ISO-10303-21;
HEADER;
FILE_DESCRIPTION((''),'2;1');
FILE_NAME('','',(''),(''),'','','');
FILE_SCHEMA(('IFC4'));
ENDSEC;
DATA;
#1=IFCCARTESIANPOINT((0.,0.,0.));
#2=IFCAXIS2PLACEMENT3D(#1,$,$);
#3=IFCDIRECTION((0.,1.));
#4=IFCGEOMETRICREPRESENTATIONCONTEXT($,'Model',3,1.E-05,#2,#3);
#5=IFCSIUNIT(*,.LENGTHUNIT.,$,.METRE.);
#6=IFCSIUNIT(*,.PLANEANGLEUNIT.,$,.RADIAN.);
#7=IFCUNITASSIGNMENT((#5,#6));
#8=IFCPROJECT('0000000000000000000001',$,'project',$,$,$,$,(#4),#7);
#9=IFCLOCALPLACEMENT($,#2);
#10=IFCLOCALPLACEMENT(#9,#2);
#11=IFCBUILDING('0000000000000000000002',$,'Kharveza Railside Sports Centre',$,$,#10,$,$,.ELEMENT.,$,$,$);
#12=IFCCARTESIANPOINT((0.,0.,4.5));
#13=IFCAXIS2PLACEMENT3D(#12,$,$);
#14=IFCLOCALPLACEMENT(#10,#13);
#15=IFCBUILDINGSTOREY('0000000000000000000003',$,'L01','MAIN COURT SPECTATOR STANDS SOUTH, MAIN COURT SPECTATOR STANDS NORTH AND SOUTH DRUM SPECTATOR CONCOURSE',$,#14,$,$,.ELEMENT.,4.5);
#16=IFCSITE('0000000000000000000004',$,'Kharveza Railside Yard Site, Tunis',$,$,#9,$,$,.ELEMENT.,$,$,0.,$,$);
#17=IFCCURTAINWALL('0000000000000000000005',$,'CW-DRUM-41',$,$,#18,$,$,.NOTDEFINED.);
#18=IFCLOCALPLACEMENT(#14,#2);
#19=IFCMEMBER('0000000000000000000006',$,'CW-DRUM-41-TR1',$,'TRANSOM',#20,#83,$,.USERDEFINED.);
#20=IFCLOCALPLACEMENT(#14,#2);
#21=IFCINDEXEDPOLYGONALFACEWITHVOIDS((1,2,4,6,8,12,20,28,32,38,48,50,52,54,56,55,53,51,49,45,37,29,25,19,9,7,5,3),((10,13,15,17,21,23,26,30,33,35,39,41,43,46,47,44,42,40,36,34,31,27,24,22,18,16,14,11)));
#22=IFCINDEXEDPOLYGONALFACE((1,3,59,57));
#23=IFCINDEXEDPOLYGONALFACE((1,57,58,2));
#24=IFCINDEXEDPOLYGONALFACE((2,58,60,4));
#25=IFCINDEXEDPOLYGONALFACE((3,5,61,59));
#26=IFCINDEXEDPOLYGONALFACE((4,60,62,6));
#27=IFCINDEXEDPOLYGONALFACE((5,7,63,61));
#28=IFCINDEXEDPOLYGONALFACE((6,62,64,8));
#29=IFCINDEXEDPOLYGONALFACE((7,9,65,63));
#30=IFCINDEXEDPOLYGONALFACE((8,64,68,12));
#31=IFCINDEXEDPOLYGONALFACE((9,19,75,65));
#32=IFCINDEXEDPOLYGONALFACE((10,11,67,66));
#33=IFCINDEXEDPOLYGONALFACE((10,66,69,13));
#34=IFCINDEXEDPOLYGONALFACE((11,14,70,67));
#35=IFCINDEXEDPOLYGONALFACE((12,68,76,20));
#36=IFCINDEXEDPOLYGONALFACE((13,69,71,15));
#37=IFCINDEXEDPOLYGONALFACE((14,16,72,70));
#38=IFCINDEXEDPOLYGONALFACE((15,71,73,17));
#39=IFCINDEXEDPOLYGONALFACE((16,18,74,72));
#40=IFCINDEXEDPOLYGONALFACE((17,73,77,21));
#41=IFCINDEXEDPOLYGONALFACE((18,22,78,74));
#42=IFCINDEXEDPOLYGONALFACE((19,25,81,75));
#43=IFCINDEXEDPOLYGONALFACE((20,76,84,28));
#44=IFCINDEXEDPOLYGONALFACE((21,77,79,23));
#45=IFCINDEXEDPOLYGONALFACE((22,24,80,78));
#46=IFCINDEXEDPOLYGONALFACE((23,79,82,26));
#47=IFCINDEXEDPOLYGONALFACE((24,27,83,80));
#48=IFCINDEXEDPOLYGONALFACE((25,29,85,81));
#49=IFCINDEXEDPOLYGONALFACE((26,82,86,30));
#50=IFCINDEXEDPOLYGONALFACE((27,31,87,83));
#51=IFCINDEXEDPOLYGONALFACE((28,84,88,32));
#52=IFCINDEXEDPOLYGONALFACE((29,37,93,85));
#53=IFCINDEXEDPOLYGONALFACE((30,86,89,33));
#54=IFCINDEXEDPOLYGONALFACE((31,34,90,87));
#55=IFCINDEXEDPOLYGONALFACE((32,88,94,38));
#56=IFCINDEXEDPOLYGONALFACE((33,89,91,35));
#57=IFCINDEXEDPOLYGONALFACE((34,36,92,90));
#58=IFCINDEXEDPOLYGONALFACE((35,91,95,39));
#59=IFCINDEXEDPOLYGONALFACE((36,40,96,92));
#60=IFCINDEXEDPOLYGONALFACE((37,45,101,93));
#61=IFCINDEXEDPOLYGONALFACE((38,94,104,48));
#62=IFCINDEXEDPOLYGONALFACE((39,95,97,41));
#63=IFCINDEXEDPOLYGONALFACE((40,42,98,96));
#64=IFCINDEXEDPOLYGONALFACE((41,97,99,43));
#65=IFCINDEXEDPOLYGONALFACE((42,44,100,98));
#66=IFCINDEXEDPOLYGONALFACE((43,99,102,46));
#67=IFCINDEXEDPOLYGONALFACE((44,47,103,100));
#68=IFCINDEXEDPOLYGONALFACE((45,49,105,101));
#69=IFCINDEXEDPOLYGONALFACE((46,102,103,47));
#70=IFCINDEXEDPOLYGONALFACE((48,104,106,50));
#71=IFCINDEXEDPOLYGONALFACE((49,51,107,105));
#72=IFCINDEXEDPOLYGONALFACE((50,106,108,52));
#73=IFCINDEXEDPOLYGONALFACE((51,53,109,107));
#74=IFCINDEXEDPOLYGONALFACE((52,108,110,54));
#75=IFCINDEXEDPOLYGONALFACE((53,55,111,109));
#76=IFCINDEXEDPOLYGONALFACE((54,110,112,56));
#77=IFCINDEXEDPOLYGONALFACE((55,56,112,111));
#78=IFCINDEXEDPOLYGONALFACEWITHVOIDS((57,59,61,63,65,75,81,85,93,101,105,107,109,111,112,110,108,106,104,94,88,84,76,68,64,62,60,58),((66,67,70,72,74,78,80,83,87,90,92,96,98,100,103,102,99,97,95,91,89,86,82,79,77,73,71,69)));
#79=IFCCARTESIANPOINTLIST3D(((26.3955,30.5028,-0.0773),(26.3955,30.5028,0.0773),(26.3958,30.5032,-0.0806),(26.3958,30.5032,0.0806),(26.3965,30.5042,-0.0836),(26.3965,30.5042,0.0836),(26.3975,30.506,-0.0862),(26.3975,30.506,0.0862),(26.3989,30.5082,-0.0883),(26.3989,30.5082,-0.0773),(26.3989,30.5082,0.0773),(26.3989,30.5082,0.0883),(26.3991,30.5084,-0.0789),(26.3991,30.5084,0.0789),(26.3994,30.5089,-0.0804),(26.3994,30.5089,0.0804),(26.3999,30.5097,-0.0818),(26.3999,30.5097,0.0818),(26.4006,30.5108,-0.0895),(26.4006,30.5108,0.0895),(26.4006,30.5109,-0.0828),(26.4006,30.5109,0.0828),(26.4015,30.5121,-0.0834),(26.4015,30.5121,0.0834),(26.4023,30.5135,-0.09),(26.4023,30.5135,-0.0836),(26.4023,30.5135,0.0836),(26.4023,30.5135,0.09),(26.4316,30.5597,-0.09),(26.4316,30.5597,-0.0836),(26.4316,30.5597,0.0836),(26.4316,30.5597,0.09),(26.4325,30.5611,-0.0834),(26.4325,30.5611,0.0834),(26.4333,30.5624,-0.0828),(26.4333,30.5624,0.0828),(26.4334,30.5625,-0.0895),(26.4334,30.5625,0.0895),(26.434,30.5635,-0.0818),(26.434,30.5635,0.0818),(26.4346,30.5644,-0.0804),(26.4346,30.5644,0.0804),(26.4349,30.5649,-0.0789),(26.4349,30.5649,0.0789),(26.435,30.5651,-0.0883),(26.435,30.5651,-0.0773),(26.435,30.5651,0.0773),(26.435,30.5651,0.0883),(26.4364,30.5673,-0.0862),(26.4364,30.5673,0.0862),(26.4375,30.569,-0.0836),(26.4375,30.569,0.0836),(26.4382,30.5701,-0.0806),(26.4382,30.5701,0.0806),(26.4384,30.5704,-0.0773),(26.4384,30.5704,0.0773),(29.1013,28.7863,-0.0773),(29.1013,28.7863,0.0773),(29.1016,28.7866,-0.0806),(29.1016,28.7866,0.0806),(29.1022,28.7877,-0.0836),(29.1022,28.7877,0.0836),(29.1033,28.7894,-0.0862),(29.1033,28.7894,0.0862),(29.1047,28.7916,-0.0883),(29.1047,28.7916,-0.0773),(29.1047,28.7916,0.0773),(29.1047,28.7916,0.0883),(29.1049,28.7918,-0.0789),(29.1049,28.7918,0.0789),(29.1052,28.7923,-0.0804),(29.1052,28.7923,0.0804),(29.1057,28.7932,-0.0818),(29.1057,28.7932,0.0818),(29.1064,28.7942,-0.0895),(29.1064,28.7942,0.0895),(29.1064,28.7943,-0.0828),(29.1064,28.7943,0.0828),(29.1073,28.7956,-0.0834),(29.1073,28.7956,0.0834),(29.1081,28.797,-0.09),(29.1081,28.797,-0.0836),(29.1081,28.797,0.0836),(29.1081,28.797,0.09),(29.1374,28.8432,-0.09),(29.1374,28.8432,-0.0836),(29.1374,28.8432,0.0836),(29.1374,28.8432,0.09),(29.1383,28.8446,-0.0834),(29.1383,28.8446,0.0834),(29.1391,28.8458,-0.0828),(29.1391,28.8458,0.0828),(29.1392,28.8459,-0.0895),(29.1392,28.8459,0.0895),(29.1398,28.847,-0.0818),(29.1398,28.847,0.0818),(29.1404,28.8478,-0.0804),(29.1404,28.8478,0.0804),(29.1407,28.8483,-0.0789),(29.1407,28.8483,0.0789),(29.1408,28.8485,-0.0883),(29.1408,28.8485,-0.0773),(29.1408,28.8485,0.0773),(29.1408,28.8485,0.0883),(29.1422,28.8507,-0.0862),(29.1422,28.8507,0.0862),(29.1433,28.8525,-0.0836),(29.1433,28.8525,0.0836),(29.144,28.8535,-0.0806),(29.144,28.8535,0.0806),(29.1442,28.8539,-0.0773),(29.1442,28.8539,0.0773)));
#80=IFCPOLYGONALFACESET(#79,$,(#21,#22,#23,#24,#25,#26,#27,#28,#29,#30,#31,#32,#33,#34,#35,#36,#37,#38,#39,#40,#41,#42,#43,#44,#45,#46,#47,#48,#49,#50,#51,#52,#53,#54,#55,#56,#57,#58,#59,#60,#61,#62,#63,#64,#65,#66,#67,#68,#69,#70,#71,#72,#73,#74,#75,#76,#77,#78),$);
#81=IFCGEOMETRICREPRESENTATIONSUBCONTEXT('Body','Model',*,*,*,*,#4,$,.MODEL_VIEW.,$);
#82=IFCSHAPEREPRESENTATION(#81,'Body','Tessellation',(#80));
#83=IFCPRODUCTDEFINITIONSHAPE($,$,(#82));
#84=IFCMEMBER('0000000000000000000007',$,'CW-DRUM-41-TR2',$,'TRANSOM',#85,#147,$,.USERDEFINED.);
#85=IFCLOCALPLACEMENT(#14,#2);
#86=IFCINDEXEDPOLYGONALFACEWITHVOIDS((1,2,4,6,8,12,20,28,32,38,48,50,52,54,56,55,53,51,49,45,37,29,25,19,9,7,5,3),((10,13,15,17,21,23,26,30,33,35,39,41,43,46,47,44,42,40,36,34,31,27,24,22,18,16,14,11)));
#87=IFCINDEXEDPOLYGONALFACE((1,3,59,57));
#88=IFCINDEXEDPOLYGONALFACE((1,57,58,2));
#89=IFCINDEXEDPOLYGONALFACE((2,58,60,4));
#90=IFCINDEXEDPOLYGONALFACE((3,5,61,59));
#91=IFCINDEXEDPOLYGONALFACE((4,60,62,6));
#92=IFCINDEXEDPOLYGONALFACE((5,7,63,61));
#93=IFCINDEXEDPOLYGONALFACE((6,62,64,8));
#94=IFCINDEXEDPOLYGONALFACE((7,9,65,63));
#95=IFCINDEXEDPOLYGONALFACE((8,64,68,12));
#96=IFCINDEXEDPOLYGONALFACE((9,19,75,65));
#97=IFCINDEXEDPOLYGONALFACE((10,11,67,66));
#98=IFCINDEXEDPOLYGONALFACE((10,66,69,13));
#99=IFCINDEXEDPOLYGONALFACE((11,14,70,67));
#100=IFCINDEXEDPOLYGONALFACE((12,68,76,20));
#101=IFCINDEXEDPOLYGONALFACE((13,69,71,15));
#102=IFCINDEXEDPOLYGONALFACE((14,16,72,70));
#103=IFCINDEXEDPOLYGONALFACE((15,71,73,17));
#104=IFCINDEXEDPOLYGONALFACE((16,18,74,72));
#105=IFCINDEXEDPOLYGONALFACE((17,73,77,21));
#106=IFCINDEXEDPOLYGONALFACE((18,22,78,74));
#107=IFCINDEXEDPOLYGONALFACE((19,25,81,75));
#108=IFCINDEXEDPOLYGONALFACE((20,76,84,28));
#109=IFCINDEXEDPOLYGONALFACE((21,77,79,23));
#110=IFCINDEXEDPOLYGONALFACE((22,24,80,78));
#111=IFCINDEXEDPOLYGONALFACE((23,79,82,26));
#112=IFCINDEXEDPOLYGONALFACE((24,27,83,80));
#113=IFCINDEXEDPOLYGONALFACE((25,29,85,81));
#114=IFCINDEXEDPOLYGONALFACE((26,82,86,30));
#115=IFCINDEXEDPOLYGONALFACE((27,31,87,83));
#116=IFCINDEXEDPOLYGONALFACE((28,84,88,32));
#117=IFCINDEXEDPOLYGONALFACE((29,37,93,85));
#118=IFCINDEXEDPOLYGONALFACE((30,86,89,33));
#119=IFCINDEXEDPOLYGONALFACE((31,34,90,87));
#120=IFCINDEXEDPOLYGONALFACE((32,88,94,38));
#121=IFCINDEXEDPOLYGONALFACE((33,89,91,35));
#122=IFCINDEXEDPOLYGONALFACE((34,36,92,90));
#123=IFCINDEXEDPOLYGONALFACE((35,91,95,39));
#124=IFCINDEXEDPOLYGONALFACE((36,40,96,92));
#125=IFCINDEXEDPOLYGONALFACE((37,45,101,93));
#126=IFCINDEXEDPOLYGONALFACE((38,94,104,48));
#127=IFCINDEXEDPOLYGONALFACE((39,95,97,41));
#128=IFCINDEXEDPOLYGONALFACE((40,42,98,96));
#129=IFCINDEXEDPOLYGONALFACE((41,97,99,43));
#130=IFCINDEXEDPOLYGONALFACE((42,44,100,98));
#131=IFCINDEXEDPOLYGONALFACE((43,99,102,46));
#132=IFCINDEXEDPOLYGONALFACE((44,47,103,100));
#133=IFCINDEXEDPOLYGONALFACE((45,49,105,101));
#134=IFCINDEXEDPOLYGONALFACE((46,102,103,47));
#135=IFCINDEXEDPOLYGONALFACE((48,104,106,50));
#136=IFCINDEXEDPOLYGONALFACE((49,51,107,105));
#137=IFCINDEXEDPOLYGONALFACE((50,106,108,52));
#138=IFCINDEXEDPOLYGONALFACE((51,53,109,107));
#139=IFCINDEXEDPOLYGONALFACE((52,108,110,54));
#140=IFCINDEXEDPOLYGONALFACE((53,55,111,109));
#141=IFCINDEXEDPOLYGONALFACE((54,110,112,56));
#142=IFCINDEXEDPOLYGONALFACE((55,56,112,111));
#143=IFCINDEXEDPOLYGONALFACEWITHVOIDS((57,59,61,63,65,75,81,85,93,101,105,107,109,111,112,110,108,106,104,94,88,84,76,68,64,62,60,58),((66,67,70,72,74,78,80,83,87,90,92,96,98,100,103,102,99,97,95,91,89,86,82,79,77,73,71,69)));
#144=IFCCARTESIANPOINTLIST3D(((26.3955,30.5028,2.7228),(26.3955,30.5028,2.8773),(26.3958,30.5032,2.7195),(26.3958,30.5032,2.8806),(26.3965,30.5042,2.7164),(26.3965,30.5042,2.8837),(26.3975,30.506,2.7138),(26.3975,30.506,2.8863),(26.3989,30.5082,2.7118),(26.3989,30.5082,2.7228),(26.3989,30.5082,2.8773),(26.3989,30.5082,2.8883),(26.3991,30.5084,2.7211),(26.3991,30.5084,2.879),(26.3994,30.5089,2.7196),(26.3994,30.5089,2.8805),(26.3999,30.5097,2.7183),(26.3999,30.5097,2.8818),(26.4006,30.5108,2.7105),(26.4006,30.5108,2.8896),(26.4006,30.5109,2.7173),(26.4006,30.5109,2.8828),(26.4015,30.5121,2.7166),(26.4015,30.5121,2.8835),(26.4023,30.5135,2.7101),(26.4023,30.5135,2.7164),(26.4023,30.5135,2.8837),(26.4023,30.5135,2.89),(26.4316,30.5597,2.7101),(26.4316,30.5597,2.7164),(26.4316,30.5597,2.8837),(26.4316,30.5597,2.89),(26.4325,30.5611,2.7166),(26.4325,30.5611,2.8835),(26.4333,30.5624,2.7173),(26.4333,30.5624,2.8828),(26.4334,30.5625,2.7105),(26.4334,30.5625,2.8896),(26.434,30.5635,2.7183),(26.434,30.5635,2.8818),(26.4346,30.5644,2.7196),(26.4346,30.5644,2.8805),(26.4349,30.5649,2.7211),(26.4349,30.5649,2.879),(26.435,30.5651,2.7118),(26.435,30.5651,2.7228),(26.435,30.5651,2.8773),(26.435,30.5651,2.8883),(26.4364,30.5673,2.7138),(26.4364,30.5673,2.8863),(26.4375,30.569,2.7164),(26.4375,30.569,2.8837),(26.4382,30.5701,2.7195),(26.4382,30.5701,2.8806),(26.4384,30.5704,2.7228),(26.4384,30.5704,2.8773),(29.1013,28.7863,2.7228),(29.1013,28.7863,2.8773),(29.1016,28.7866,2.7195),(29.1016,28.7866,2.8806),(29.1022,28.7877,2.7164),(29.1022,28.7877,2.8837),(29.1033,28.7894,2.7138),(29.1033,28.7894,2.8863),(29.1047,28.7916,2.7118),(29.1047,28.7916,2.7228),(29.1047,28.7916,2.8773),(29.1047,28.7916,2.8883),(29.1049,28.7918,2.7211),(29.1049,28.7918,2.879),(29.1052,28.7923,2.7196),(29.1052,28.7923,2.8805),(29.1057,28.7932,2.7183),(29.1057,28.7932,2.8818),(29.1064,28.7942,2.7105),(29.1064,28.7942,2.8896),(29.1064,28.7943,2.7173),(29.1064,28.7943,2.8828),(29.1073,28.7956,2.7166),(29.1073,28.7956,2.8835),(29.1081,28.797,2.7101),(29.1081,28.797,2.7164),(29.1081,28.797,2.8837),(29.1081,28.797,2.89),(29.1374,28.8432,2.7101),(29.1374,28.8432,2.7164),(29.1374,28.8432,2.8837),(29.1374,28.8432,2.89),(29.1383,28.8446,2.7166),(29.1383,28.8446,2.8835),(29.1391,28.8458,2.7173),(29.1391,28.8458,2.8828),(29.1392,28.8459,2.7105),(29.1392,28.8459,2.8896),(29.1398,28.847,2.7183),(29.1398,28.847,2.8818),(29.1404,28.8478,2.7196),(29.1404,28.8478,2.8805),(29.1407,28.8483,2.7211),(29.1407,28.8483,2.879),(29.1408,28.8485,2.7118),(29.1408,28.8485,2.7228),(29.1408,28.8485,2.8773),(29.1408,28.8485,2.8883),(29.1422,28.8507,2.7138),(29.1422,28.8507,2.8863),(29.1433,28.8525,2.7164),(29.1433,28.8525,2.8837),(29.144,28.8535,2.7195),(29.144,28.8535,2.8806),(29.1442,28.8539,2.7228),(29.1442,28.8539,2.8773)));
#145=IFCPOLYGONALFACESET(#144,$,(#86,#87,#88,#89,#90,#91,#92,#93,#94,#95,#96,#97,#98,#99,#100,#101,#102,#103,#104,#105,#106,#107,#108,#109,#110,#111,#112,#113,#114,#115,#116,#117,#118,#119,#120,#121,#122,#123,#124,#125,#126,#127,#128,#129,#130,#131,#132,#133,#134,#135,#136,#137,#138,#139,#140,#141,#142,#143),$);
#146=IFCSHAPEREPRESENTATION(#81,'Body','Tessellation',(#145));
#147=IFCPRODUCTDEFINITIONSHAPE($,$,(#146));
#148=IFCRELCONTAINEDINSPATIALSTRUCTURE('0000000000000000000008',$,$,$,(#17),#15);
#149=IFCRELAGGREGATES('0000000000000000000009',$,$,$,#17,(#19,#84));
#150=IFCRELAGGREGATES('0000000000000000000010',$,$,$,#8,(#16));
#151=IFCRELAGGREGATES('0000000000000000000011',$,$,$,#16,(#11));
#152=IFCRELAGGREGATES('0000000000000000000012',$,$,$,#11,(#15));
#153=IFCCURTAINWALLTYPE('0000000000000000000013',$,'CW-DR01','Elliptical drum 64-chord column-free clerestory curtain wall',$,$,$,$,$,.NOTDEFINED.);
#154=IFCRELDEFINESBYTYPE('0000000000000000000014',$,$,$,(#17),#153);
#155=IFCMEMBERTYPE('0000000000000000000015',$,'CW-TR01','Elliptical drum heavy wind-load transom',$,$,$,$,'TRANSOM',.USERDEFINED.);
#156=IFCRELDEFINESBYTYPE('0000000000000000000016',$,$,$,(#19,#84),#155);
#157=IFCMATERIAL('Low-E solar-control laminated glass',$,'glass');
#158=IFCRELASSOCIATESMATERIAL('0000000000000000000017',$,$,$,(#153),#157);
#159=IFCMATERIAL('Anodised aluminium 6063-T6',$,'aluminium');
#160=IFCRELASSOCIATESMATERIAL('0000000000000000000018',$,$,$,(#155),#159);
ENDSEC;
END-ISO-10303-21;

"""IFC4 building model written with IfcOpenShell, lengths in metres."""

from ifc_helpers import new_model, si_unit, direction, frame, origin, origin_2d, place, context, subcontext, project, spatial, hollow_rectangle, extrude, material, material_profile, profile_set, type_object, element, aggregate, save


model = new_model("IFC4")

# Units and contexts
model_context = context("Model", 3, precision=1e-05, world=origin(), true_north=direction((0.0, 1.0)))
body_context = subcontext(model_context, "Body", "Model", "MODEL_VIEW")
ifc_project = project(units=[si_unit("LENGTHUNIT", "METRE"), si_unit("PLANEANGLEUNIT", "RADIAN")], contexts=[model_context])

# Site, building, storey
site_placement = place(None, origin())
site = spatial("IfcSite", under=ifc_project, at=site_placement, Name="Kharveza Railside Yard Site, Tunis", CompositionType="ELEMENT", RefElevation=0.0)
building_placement = place(site_placement, origin())
building = spatial("IfcBuilding", under=site, at=building_placement, Name="Kharveza Railside Sports Centre", CompositionType="ELEMENT")
storey_placement = place(building_placement, frame((0.0, 0.0, 4.5)))
storey = spatial("IfcBuildingStorey", under=building, at=storey_placement, Name="L01", Description="MAIN COURT SPECTATOR STANDS SOUTH, MAIN COURT SPECTATOR STANDS NORTH AND SOUTH DRUM SPECTATOR CONCOURSE", CompositionType="ELEMENT", Elevation=4.5)

# Shared definitions
ifc_material_1 = material(Name="Low-E solar-control laminated glass", Category="glass")
curtain_wall_type = type_object("IfcCurtainWallType", Name="CW-DR01", Description="Elliptical drum 64-chord column-free clerestory curtain wall", PredefinedType="NOTDEFINED", material=ifc_material_1)
ifc_material_2 = material(Name="Anodised aluminium 6063-T6", Category="aluminium")

# Curtain wall
curtain_wall_1_placement = place(storey_placement, origin())
curtain_wall_1 = element("IfcCurtainWall", 1, at=curtain_wall_1_placement, inside=storey, type_object=curtain_wall_type, Name="CW-DRUM-41", PredefinedType="NOTDEFINED")

# Members
ifc_material_profile_1 = material_profile(ifc_material_2, hollow_rectangle(XDim=0.0801, YDim=0.1799, WallThickness=0.0063, InnerFilletRadius=0.0063, OuterFilletRadius=0.0127, at=origin_2d()), Name="RHS 80x180x6.3")
ifc_profile_set_1 = profile_set([ifc_material_profile_1], Name="Anodised aluminium 6063-T6")
member_type_1 = type_object("IfcMemberType", Name="CW-TR01", Description="Elliptical drum heavy wind-load transom", ElementType="TRANSOM", PredefinedType="USERDEFINED", material=ifc_profile_set_1)
member_1_placement = place(storey_placement, frame((26.417, 30.5366, 0.0), z_axis=(0.844414, -0.535692, 0.0), x_axis=(0.535692, 0.844414, 0.0)))
member_1 = element("IfcMember", 2, at=member_1_placement, type_object=member_type_1, Name="CW-DRUM-41-TR1", ObjectType="TRANSOM", PredefinedType="USERDEFINED", context=body_context, shape_type="SweptSolid", body=[
    extrude(hollow_rectangle(XDim=0.0801, YDim=0.1799, WallThickness=0.0063, InnerFilletRadius=0.0063, OuterFilletRadius=0.0127, at=origin_2d()), origin(), (0.0, 0.0, 1.0), 3.2043),
])
member_2_placement = place(storey_placement, frame((26.417, 30.5366, 2.8), z_axis=(0.844414, -0.535692, 0.0), x_axis=(0.535692, 0.844414, 0.0)))
member_2 = element("IfcMember", 3, at=member_2_placement, type_object=member_type_1, Name="CW-DRUM-41-TR2", ObjectType="TRANSOM", PredefinedType="USERDEFINED", context=body_context, shape_type="SweptSolid", body=[
    extrude(hollow_rectangle(XDim=0.0801, YDim=0.1799, WallThickness=0.0063, InnerFilletRadius=0.0063, OuterFilletRadius=0.0127, at=origin_2d()), origin(), (0.0, 0.0, 1.0), 3.2043),
])
aggregate(curtain_wall_1, [member_1, member_2])

save(model, "model.ifc")
